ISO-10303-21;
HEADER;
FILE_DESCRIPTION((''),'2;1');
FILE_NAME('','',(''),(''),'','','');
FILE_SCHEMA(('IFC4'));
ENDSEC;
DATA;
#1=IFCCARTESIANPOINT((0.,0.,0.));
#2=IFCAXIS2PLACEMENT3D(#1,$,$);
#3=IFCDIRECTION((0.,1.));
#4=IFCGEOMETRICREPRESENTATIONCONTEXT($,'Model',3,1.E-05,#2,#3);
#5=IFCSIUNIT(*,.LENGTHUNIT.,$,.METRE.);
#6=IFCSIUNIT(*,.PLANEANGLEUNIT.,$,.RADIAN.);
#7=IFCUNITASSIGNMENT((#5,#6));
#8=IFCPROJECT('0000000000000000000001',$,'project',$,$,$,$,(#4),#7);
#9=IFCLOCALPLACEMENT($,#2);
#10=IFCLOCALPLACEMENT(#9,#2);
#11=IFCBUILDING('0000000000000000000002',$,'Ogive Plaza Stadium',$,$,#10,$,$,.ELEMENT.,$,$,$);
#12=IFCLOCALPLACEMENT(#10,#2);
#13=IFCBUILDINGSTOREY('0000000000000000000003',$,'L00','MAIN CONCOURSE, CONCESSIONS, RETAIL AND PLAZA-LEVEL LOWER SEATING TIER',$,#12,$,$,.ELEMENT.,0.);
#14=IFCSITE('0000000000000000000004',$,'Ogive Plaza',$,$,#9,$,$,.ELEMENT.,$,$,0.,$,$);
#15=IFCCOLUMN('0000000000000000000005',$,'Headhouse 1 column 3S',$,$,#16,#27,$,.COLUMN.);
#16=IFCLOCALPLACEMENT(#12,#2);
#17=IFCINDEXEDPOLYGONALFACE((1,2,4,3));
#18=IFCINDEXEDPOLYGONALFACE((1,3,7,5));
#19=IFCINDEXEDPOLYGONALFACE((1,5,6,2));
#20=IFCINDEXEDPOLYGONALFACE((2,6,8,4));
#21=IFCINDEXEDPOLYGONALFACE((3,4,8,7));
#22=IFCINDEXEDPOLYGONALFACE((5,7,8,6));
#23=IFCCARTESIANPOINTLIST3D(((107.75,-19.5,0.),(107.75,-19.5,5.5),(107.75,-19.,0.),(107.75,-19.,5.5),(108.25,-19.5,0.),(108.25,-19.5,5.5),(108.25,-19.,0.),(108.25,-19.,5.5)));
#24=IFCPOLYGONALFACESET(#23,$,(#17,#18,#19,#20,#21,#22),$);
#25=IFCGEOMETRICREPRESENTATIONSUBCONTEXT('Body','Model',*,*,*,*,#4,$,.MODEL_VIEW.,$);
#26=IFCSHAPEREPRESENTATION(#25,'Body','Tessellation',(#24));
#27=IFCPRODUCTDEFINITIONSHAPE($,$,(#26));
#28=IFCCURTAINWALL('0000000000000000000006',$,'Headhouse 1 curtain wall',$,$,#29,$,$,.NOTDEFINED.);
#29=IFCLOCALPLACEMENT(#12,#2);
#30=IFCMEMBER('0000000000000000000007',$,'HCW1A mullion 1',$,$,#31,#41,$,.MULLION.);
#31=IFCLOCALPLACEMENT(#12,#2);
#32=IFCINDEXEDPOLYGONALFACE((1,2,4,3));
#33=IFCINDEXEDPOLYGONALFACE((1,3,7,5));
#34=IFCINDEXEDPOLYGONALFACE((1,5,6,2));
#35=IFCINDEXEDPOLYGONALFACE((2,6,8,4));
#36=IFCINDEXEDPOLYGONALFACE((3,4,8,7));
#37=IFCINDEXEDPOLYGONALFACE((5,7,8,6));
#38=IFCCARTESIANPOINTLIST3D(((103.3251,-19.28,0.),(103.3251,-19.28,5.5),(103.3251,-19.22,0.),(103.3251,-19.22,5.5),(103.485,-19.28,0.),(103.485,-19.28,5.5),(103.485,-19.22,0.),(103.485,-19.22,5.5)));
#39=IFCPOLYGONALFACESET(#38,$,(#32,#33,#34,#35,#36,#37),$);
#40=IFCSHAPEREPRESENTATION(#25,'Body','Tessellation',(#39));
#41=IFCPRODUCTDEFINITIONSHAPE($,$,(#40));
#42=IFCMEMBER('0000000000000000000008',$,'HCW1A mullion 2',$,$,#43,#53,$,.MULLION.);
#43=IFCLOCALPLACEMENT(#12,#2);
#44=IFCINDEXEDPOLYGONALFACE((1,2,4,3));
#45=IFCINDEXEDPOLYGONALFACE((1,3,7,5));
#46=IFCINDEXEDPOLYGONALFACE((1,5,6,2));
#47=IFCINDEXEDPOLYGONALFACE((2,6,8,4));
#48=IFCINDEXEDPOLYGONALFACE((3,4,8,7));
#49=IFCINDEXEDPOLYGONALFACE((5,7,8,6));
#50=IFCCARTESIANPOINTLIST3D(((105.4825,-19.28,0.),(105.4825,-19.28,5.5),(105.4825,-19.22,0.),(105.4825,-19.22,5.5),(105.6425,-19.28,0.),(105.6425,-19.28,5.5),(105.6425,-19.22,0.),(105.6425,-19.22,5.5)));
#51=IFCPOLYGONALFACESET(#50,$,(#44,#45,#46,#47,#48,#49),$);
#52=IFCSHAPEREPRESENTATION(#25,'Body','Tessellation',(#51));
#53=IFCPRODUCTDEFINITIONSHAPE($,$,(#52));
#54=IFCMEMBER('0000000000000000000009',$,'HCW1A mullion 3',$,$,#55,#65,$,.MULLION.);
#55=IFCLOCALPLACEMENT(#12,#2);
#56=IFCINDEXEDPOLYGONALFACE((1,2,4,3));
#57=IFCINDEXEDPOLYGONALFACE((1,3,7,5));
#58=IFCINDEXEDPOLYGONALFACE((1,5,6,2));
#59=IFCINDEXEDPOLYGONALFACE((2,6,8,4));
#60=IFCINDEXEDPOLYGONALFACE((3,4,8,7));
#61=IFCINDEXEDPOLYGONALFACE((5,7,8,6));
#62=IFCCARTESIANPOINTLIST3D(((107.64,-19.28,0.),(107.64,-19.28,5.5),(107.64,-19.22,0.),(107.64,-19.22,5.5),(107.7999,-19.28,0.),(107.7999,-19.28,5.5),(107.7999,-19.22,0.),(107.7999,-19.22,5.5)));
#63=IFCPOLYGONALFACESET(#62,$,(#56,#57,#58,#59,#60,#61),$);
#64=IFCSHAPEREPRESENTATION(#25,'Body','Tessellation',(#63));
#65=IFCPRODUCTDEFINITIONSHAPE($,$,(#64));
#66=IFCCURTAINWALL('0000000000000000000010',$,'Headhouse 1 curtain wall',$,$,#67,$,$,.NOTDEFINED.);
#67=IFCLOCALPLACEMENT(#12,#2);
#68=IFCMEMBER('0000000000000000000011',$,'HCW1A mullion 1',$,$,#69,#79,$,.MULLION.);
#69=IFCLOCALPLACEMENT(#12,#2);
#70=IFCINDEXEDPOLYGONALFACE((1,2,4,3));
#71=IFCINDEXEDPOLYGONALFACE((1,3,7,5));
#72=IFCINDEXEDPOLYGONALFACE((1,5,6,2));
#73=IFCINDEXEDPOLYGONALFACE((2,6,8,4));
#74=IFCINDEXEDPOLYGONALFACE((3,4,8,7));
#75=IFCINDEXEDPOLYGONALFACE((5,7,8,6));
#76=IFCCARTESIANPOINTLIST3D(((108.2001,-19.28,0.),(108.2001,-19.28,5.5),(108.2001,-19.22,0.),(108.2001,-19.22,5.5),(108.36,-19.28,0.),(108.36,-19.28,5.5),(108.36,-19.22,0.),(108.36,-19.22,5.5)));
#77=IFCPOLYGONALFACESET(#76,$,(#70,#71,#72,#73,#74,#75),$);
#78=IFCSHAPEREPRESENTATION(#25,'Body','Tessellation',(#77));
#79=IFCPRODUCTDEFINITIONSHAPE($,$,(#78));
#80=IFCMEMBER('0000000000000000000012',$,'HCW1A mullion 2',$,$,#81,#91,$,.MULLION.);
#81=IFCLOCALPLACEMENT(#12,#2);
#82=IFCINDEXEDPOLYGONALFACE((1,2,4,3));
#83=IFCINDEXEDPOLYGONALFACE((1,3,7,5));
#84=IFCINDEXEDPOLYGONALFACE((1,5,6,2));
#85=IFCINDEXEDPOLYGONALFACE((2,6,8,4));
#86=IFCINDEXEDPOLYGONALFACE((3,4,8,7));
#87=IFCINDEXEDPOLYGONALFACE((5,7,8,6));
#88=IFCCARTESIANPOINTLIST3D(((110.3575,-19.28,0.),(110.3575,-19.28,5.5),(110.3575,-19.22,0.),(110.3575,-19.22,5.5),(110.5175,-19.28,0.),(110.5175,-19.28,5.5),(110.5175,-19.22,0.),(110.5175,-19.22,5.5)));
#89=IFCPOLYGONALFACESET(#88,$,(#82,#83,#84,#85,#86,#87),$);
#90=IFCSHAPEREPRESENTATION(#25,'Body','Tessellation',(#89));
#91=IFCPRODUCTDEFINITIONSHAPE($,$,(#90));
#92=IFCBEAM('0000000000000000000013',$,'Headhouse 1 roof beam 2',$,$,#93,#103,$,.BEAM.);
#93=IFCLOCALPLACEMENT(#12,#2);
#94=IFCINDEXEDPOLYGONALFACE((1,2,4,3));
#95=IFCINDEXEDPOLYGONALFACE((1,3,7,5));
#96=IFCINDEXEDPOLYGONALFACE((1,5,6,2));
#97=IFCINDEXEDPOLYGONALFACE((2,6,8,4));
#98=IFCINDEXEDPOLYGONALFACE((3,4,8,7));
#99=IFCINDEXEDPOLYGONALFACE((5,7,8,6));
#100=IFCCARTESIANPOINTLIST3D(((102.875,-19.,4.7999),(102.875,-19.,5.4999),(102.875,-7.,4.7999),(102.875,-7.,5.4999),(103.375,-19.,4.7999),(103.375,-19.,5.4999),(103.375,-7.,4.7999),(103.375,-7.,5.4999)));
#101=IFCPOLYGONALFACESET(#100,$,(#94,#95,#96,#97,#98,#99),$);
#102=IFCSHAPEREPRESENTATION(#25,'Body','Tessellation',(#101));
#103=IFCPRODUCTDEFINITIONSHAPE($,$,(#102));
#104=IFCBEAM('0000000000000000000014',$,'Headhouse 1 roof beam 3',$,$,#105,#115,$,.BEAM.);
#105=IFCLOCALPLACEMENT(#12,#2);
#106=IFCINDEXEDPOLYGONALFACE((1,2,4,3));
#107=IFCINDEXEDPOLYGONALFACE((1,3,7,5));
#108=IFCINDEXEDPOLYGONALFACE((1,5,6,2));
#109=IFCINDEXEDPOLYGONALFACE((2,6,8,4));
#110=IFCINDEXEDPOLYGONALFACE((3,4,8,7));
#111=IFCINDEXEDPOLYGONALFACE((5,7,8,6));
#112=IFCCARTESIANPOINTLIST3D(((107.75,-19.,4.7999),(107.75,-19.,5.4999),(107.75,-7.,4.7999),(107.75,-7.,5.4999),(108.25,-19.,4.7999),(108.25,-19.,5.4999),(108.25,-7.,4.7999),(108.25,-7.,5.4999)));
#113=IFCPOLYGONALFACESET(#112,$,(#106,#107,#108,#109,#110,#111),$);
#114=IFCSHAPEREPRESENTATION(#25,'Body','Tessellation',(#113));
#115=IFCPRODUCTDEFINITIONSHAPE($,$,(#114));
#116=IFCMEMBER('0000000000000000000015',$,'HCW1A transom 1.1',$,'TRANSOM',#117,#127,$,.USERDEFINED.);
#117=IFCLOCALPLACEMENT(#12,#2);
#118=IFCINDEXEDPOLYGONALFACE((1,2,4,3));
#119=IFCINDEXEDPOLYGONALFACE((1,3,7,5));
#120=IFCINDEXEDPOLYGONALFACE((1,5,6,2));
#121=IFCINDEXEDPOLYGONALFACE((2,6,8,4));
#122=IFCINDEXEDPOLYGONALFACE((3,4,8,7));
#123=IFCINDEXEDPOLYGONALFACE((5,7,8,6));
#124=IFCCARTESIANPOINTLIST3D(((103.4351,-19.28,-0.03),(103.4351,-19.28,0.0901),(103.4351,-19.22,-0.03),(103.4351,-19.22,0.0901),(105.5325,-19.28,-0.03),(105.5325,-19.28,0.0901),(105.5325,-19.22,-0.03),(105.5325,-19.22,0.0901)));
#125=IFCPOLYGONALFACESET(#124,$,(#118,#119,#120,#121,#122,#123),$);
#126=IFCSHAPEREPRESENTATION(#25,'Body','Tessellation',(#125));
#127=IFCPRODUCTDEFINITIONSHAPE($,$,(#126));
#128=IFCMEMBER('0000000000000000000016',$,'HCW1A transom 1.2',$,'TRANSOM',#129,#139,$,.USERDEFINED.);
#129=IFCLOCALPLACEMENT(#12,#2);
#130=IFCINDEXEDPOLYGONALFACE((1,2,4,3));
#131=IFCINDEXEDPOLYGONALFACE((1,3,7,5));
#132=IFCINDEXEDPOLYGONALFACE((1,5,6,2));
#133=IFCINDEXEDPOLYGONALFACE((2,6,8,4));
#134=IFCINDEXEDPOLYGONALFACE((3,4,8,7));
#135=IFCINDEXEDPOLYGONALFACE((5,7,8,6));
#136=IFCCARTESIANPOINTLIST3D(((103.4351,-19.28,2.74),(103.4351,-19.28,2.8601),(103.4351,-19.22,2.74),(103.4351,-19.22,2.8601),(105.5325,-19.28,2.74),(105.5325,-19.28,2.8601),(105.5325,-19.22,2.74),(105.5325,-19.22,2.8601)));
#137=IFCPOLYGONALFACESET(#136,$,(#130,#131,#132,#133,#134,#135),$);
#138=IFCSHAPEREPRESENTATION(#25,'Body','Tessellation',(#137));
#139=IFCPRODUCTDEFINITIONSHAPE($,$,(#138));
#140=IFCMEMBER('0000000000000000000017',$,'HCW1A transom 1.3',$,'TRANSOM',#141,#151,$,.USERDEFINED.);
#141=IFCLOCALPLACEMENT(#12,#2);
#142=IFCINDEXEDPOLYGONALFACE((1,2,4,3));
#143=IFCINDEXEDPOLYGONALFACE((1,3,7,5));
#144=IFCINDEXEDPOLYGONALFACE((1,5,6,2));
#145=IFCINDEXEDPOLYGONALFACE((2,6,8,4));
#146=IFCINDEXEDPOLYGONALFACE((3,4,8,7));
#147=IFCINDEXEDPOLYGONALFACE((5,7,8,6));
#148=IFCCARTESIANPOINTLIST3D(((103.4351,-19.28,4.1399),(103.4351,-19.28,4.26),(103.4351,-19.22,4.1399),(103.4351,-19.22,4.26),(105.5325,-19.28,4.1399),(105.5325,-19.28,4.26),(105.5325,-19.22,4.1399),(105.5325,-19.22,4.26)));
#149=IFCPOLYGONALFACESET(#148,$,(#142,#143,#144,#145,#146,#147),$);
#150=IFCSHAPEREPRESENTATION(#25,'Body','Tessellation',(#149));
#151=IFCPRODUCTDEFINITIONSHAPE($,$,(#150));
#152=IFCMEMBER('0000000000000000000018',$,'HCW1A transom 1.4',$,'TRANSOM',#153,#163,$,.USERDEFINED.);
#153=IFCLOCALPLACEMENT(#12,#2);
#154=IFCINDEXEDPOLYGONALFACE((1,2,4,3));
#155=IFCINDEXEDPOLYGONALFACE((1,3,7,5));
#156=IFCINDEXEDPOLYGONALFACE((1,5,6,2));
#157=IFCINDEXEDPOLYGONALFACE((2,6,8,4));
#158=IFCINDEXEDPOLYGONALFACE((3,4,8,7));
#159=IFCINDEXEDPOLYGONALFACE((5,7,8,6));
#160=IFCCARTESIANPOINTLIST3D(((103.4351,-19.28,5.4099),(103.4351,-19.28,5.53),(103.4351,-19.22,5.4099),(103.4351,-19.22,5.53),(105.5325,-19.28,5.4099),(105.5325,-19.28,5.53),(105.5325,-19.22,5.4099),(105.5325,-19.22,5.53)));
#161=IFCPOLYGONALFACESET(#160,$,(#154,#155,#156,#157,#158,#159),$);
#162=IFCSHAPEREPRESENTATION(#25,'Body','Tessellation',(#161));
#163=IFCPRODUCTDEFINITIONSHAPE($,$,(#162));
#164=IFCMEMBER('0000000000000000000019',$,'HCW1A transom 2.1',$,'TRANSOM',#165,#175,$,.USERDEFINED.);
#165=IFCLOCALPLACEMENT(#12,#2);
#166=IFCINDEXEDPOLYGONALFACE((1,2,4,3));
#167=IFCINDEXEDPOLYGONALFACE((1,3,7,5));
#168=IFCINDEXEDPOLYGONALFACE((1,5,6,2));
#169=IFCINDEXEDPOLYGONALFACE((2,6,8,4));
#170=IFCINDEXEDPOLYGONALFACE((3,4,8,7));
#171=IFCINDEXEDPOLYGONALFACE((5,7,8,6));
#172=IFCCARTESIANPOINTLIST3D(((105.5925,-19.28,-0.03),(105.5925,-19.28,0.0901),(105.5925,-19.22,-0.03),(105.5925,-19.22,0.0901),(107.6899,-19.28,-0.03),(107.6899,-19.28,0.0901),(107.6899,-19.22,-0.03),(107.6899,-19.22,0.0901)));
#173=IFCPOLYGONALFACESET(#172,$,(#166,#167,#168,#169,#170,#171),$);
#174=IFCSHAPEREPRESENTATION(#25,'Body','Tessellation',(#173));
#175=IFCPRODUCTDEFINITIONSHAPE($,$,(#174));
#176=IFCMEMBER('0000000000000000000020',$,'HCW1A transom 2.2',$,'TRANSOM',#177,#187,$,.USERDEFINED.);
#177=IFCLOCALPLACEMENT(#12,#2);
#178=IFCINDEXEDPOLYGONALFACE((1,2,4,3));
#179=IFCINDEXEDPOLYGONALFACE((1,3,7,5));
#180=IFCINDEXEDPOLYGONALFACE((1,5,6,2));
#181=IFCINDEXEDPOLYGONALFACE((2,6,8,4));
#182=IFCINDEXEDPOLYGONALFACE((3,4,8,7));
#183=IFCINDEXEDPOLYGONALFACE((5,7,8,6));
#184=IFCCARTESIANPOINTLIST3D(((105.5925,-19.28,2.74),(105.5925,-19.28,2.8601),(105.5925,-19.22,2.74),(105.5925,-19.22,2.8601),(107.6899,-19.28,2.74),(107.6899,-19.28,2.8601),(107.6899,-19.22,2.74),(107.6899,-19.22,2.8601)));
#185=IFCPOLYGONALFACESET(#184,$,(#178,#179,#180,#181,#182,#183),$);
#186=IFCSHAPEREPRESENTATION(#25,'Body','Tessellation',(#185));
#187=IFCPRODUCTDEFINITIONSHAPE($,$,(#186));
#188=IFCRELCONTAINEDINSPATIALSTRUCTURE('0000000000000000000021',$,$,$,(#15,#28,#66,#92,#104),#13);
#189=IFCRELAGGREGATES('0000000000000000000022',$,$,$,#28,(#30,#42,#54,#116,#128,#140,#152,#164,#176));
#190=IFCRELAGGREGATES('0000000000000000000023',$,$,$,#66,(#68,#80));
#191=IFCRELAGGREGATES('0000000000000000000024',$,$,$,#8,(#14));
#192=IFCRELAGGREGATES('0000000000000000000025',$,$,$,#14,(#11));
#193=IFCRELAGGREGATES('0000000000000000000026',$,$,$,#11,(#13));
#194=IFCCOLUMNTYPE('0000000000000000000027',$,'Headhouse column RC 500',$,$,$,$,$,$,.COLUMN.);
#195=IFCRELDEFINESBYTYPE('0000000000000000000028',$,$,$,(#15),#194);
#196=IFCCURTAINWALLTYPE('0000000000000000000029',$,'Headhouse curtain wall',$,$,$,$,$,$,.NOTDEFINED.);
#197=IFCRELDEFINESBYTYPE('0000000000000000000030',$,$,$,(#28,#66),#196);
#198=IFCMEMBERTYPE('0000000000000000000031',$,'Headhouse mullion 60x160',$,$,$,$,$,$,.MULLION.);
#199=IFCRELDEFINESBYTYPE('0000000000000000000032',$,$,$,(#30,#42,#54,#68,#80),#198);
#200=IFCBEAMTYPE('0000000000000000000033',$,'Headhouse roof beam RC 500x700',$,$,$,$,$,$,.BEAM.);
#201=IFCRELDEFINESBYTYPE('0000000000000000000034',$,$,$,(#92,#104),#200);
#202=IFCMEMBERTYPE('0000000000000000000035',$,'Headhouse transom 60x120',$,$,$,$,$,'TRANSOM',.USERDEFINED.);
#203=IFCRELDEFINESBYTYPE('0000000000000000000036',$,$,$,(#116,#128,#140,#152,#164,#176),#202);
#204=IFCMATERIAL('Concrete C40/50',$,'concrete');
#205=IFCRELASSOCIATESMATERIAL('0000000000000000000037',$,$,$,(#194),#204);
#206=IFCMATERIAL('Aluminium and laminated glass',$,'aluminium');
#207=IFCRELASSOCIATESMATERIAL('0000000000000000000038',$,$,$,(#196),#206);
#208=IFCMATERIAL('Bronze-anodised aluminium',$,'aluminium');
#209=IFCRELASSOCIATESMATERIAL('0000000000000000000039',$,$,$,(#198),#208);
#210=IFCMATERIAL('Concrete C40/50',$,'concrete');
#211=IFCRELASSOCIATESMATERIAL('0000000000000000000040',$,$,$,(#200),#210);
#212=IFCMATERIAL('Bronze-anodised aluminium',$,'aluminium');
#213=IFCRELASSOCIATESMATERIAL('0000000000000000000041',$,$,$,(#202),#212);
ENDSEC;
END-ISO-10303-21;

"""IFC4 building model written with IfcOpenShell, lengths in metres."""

from ifc_helpers import new_model, si_unit, direction, frame, origin, origin_2d, place, context, subcontext, project, spatial, rectangle, extrude, material, material_profile, profile_set, type_object, element, aggregate, save


model = new_model("IFC4")

# Units and contexts
model_context = context("Model", 3, precision=1e-05, world=origin(), true_north=direction((0.0, 1.0)))
body_context = subcontext(model_context, "Body", "Model", "MODEL_VIEW")
ifc_project = project(units=[si_unit("LENGTHUNIT", "METRE"), si_unit("PLANEANGLEUNIT", "RADIAN")], contexts=[model_context])

# Site, building, storey
site_placement = place(None, origin())
site = spatial("IfcSite", under=ifc_project, at=site_placement, Name="Ogive Plaza", CompositionType="ELEMENT", RefElevation=0.0)
building_placement = place(site_placement, origin())
building = spatial("IfcBuilding", under=site, at=building_placement, Name="Ogive Plaza Stadium", CompositionType="ELEMENT")
storey_placement = place(building_placement, origin())
storey = spatial("IfcBuildingStorey", under=building, at=storey_placement, Name="L00", Description="MAIN CONCOURSE, CONCESSIONS, RETAIL AND PLAZA-LEVEL LOWER SEATING TIER", CompositionType="ELEMENT", Elevation=0.0)

# Column
ifc_material_1 = material(Name="Concrete C40/50", Category="concrete")
ifc_material_profile_1 = material_profile(ifc_material_1, rectangle(XDim=0.5, YDim=0.5, at=origin_2d()), Name="Headhouse column RC 500")
ifc_profile_set_1 = profile_set([ifc_material_profile_1], Name="Concrete C40/50")
column_type = type_object("IfcColumnType", Name="Headhouse column RC 500", PredefinedType="COLUMN", material=ifc_profile_set_1)
column_placement = place(storey_placement, frame((108.0, -19.25, 0.0), z_axis=(0.0, 0.0, 1.0), x_axis=(1.0, 0.0, 0.0)))
element("IfcColumn", 1, at=column_placement, inside=storey, type_object=column_type, Name="Headhouse 1 column 3S", PredefinedType="COLUMN", context=body_context, shape_type="SweptSolid", body=[
    extrude(rectangle(XDim=0.5, YDim=0.5, at=origin_2d()), origin(), (0.0, 0.0, 1.0), 5.5),
])

# Curtain walls, members
ifc_material_2 = material(Name="Aluminium and laminated glass", Category="aluminium")
curtain_wall_type = type_object("IfcCurtainWallType", Name="Headhouse curtain wall", PredefinedType="NOTDEFINED", material=ifc_material_2)
curtain_wall_1_placement = place(storey_placement, origin())
curtain_wall_1 = element("IfcCurtainWall", 2, at=curtain_wall_1_placement, inside=storey, type_object=curtain_wall_type, Name="Headhouse 1 curtain wall", PredefinedType="NOTDEFINED")
ifc_material_3 = material(Name="Bronze-anodised aluminium", Category="aluminium")
ifc_material_profile_2 = material_profile(ifc_material_3, rectangle(XDim=0.0601, YDim=0.1599, at=origin_2d()), Name="Headhouse mullion 60x160")
ifc_profile_set_2 = profile_set([ifc_material_profile_2], Name="Bronze-anodised aluminium")
member_type_1 = type_object("IfcMemberType", Name="Headhouse mullion 60x160", PredefinedType="MULLION", material=ifc_profile_set_2)
member_1_placement = place(storey_placement, frame((103.405, -19.25, 0.0), z_axis=(0.0, 0.0, 1.0), x_axis=(0.0, 1.0, 0.0)))
member_1 = element("IfcMember", 3, at=member_1_placement, type_object=member_type_1, Name="HCW1A mullion 1", PredefinedType="MULLION", context=body_context, shape_type="SweptSolid", body=[
    extrude(rectangle(XDim=0.0601, YDim=0.1599, at=origin_2d()), origin(), (0.0, 0.0, 1.0), 5.5),
])
member_2_placement = place(storey_placement, frame((105.5625, -19.25, 0.0), z_axis=(0.0, 0.0, 1.0), x_axis=(0.0, 1.0, 0.0)))
member_2 = element("IfcMember", 4, at=member_2_placement, type_object=member_type_1, Name="HCW1A mullion 2", PredefinedType="MULLION", context=body_context, shape_type="SweptSolid", body=[
    extrude(rectangle(XDim=0.0601, YDim=0.1599, at=origin_2d()), origin(), (0.0, 0.0, 1.0), 5.5),
])
member_3_placement = place(storey_placement, frame((107.72, -19.25, 0.0), z_axis=(0.0, 0.0, 1.0), x_axis=(0.0, 1.0, 0.0)))
member_3 = element("IfcMember", 5, at=member_3_placement, type_object=member_type_1, Name="HCW1A mullion 3", PredefinedType="MULLION", context=body_context, shape_type="SweptSolid", body=[
    extrude(rectangle(XDim=0.0601, YDim=0.1599, at=origin_2d()), origin(), (0.0, 0.0, 1.0), 5.5),
])
curtain_wall_2_placement = place(storey_placement, origin())
curtain_wall_2 = element("IfcCurtainWall", 6, at=curtain_wall_2_placement, inside=storey, type_object=curtain_wall_type, Name="Headhouse 1 curtain wall", PredefinedType="NOTDEFINED")
member_4_placement = place(storey_placement, frame((108.28, -19.25, 0.0), z_axis=(0.0, 0.0, 1.0), x_axis=(0.0, 1.0, 0.0)))
member_4 = element("IfcMember", 7, at=member_4_placement, type_object=member_type_1, Name="HCW1A mullion 1", PredefinedType="MULLION", context=body_context, shape_type="SweptSolid", body=[
    extrude(rectangle(XDim=0.0601, YDim=0.1599, at=origin_2d()), origin(), (0.0, 0.0, 1.0), 5.5),
])
member_5_placement = place(storey_placement, frame((110.4375, -19.25, 0.0), z_axis=(0.0, 0.0, 1.0), x_axis=(0.0, 1.0, 0.0)))
member_5 = element("IfcMember", 8, at=member_5_placement, type_object=member_type_1, Name="HCW1A mullion 2", PredefinedType="MULLION", context=body_context, shape_type="SweptSolid", body=[
    extrude(rectangle(XDim=0.0601, YDim=0.1599, at=origin_2d()), origin(), (0.0, 0.0, 1.0), 5.5),
])

# Beams
ifc_material_4 = material(Name="Concrete C40/50", Category="concrete")
ifc_material_profile_3 = material_profile(ifc_material_4, rectangle(XDim=0.5, YDim=0.7, at=origin_2d()), Name="Headhouse roof beam RC 500x700")
ifc_profile_set_3 = profile_set([ifc_material_profile_3], Name="Concrete C40/50")
beam_type = type_object("IfcBeamType", Name="Headhouse roof beam RC 500x700", PredefinedType="BEAM", material=ifc_profile_set_3)
for number, where, z_axis, x_axis, name in (
    (9, (103.125, -19.0, 5.1499), (0.0, 1.0, 0.0), (-1.0, 0.0, 0.0), "Headhouse 1 roof beam 2"),
    (10, (108.0, -19.0, 5.1499), (0.0, 1.0, 0.0), (-1.0, 0.0, 0.0), "Headhouse 1 roof beam 3"),
):
    element("IfcBeam", number, at=place(storey_placement, frame(where, z_axis=z_axis, x_axis=x_axis)), inside=storey, type_object=beam_type, Name=name, PredefinedType="BEAM", context=body_context, shape_type="SweptSolid", body=[
        extrude(rectangle(XDim=0.5, YDim=0.7, at=origin_2d()), origin(), (0.0, 0.0, 1.0), 12.0),
    ])

# Members
ifc_material_5 = material(Name="Bronze-anodised aluminium", Category="aluminium")
ifc_material_profile_4 = material_profile(ifc_material_5, rectangle(XDim=0.0601, YDim=0.1201, at=origin_2d()), Name="Headhouse transom 60x120")
ifc_profile_set_4 = profile_set([ifc_material_profile_4], Name="Bronze-anodised aluminium")
member_type_2 = type_object("IfcMemberType", Name="Headhouse transom 60x120", ElementType="TRANSOM", PredefinedType="USERDEFINED", material=ifc_profile_set_4)
member_6_placement = place(storey_placement, frame((103.4351, -19.25, 0.03), z_axis=(1.0, 0.0, 0.0), x_axis=(0.0, 1.0, 0.0)))
member_6 = element("IfcMember", 11, at=member_6_placement, type_object=member_type_2, Name="HCW1A transom 1.1", ObjectType="TRANSOM", PredefinedType="USERDEFINED", context=body_context, shape_type="SweptSolid", body=[
    extrude(rectangle(XDim=0.0601, YDim=0.1201, at=origin_2d()), origin(), (0.0, 0.0, 1.0), 2.0974),
])
member_7_placement = place(storey_placement, frame((103.4351, -19.25, 2.8), z_axis=(1.0, 0.0, 0.0), x_axis=(0.0, 1.0, 0.0)))
member_7 = element("IfcMember", 12, at=member_7_placement, type_object=member_type_2, Name="HCW1A transom 1.2", ObjectType="TRANSOM", PredefinedType="USERDEFINED", context=body_context, shape_type="SweptSolid", body=[
    extrude(rectangle(XDim=0.0601, YDim=0.1201, at=origin_2d()), origin(), (0.0, 0.0, 1.0), 2.0974),
])
member_8_placement = place(storey_placement, frame((103.4351, -19.25, 4.2), z_axis=(1.0, 0.0, 0.0), x_axis=(0.0, 1.0, 0.0)))
member_8 = element("IfcMember", 13, at=member_8_placement, type_object=member_type_2, Name="HCW1A transom 1.3", ObjectType="TRANSOM", PredefinedType="USERDEFINED", context=body_context, shape_type="SweptSolid", body=[
    extrude(rectangle(XDim=0.0601, YDim=0.1201, at=origin_2d()), origin(), (0.0, 0.0, 1.0), 2.0974),
])
member_9_placement = place(storey_placement, frame((103.4351, -19.25, 5.47), z_axis=(1.0, 0.0, 0.0), x_axis=(0.0, 1.0, 0.0)))
member_9 = element("IfcMember", 14, at=member_9_placement, type_object=member_type_2, Name="HCW1A transom 1.4", ObjectType="TRANSOM", PredefinedType="USERDEFINED", context=body_context, shape_type="SweptSolid", body=[
    extrude(rectangle(XDim=0.0601, YDim=0.1201, at=origin_2d()), origin(), (0.0, 0.0, 1.0), 2.0974),
])
member_10_placement = place(storey_placement, frame((105.5925, -19.25, 0.03), z_axis=(1.0, 0.0, 0.0), x_axis=(0.0, 1.0, 0.0)))
member_10 = element("IfcMember", 15, at=member_10_placement, type_object=member_type_2, Name="HCW1A transom 2.1", ObjectType="TRANSOM", PredefinedType="USERDEFINED", context=body_context, shape_type="SweptSolid", body=[
    extrude(rectangle(XDim=0.0601, YDim=0.1201, at=origin_2d()), origin(), (0.0, 0.0, 1.0), 2.0974),
])
member_11_placement = place(storey_placement, frame((105.5925, -19.25, 2.8), z_axis=(1.0, 0.0, 0.0), x_axis=(0.0, 1.0, 0.0)))
member_11 = element("IfcMember", 16, at=member_11_placement, type_object=member_type_2, Name="HCW1A transom 2.2", ObjectType="TRANSOM", PredefinedType="USERDEFINED", context=body_context, shape_type="SweptSolid", body=[
    extrude(rectangle(XDim=0.0601, YDim=0.1201, at=origin_2d()), origin(), (0.0, 0.0, 1.0), 2.0974),
])

aggregate(curtain_wall_1, [member_1, member_2, member_3, member_6, member_7, member_8, member_9, member_10, member_11])
aggregate(curtain_wall_2, [member_4, member_5])

save(model, "model.ifc")
